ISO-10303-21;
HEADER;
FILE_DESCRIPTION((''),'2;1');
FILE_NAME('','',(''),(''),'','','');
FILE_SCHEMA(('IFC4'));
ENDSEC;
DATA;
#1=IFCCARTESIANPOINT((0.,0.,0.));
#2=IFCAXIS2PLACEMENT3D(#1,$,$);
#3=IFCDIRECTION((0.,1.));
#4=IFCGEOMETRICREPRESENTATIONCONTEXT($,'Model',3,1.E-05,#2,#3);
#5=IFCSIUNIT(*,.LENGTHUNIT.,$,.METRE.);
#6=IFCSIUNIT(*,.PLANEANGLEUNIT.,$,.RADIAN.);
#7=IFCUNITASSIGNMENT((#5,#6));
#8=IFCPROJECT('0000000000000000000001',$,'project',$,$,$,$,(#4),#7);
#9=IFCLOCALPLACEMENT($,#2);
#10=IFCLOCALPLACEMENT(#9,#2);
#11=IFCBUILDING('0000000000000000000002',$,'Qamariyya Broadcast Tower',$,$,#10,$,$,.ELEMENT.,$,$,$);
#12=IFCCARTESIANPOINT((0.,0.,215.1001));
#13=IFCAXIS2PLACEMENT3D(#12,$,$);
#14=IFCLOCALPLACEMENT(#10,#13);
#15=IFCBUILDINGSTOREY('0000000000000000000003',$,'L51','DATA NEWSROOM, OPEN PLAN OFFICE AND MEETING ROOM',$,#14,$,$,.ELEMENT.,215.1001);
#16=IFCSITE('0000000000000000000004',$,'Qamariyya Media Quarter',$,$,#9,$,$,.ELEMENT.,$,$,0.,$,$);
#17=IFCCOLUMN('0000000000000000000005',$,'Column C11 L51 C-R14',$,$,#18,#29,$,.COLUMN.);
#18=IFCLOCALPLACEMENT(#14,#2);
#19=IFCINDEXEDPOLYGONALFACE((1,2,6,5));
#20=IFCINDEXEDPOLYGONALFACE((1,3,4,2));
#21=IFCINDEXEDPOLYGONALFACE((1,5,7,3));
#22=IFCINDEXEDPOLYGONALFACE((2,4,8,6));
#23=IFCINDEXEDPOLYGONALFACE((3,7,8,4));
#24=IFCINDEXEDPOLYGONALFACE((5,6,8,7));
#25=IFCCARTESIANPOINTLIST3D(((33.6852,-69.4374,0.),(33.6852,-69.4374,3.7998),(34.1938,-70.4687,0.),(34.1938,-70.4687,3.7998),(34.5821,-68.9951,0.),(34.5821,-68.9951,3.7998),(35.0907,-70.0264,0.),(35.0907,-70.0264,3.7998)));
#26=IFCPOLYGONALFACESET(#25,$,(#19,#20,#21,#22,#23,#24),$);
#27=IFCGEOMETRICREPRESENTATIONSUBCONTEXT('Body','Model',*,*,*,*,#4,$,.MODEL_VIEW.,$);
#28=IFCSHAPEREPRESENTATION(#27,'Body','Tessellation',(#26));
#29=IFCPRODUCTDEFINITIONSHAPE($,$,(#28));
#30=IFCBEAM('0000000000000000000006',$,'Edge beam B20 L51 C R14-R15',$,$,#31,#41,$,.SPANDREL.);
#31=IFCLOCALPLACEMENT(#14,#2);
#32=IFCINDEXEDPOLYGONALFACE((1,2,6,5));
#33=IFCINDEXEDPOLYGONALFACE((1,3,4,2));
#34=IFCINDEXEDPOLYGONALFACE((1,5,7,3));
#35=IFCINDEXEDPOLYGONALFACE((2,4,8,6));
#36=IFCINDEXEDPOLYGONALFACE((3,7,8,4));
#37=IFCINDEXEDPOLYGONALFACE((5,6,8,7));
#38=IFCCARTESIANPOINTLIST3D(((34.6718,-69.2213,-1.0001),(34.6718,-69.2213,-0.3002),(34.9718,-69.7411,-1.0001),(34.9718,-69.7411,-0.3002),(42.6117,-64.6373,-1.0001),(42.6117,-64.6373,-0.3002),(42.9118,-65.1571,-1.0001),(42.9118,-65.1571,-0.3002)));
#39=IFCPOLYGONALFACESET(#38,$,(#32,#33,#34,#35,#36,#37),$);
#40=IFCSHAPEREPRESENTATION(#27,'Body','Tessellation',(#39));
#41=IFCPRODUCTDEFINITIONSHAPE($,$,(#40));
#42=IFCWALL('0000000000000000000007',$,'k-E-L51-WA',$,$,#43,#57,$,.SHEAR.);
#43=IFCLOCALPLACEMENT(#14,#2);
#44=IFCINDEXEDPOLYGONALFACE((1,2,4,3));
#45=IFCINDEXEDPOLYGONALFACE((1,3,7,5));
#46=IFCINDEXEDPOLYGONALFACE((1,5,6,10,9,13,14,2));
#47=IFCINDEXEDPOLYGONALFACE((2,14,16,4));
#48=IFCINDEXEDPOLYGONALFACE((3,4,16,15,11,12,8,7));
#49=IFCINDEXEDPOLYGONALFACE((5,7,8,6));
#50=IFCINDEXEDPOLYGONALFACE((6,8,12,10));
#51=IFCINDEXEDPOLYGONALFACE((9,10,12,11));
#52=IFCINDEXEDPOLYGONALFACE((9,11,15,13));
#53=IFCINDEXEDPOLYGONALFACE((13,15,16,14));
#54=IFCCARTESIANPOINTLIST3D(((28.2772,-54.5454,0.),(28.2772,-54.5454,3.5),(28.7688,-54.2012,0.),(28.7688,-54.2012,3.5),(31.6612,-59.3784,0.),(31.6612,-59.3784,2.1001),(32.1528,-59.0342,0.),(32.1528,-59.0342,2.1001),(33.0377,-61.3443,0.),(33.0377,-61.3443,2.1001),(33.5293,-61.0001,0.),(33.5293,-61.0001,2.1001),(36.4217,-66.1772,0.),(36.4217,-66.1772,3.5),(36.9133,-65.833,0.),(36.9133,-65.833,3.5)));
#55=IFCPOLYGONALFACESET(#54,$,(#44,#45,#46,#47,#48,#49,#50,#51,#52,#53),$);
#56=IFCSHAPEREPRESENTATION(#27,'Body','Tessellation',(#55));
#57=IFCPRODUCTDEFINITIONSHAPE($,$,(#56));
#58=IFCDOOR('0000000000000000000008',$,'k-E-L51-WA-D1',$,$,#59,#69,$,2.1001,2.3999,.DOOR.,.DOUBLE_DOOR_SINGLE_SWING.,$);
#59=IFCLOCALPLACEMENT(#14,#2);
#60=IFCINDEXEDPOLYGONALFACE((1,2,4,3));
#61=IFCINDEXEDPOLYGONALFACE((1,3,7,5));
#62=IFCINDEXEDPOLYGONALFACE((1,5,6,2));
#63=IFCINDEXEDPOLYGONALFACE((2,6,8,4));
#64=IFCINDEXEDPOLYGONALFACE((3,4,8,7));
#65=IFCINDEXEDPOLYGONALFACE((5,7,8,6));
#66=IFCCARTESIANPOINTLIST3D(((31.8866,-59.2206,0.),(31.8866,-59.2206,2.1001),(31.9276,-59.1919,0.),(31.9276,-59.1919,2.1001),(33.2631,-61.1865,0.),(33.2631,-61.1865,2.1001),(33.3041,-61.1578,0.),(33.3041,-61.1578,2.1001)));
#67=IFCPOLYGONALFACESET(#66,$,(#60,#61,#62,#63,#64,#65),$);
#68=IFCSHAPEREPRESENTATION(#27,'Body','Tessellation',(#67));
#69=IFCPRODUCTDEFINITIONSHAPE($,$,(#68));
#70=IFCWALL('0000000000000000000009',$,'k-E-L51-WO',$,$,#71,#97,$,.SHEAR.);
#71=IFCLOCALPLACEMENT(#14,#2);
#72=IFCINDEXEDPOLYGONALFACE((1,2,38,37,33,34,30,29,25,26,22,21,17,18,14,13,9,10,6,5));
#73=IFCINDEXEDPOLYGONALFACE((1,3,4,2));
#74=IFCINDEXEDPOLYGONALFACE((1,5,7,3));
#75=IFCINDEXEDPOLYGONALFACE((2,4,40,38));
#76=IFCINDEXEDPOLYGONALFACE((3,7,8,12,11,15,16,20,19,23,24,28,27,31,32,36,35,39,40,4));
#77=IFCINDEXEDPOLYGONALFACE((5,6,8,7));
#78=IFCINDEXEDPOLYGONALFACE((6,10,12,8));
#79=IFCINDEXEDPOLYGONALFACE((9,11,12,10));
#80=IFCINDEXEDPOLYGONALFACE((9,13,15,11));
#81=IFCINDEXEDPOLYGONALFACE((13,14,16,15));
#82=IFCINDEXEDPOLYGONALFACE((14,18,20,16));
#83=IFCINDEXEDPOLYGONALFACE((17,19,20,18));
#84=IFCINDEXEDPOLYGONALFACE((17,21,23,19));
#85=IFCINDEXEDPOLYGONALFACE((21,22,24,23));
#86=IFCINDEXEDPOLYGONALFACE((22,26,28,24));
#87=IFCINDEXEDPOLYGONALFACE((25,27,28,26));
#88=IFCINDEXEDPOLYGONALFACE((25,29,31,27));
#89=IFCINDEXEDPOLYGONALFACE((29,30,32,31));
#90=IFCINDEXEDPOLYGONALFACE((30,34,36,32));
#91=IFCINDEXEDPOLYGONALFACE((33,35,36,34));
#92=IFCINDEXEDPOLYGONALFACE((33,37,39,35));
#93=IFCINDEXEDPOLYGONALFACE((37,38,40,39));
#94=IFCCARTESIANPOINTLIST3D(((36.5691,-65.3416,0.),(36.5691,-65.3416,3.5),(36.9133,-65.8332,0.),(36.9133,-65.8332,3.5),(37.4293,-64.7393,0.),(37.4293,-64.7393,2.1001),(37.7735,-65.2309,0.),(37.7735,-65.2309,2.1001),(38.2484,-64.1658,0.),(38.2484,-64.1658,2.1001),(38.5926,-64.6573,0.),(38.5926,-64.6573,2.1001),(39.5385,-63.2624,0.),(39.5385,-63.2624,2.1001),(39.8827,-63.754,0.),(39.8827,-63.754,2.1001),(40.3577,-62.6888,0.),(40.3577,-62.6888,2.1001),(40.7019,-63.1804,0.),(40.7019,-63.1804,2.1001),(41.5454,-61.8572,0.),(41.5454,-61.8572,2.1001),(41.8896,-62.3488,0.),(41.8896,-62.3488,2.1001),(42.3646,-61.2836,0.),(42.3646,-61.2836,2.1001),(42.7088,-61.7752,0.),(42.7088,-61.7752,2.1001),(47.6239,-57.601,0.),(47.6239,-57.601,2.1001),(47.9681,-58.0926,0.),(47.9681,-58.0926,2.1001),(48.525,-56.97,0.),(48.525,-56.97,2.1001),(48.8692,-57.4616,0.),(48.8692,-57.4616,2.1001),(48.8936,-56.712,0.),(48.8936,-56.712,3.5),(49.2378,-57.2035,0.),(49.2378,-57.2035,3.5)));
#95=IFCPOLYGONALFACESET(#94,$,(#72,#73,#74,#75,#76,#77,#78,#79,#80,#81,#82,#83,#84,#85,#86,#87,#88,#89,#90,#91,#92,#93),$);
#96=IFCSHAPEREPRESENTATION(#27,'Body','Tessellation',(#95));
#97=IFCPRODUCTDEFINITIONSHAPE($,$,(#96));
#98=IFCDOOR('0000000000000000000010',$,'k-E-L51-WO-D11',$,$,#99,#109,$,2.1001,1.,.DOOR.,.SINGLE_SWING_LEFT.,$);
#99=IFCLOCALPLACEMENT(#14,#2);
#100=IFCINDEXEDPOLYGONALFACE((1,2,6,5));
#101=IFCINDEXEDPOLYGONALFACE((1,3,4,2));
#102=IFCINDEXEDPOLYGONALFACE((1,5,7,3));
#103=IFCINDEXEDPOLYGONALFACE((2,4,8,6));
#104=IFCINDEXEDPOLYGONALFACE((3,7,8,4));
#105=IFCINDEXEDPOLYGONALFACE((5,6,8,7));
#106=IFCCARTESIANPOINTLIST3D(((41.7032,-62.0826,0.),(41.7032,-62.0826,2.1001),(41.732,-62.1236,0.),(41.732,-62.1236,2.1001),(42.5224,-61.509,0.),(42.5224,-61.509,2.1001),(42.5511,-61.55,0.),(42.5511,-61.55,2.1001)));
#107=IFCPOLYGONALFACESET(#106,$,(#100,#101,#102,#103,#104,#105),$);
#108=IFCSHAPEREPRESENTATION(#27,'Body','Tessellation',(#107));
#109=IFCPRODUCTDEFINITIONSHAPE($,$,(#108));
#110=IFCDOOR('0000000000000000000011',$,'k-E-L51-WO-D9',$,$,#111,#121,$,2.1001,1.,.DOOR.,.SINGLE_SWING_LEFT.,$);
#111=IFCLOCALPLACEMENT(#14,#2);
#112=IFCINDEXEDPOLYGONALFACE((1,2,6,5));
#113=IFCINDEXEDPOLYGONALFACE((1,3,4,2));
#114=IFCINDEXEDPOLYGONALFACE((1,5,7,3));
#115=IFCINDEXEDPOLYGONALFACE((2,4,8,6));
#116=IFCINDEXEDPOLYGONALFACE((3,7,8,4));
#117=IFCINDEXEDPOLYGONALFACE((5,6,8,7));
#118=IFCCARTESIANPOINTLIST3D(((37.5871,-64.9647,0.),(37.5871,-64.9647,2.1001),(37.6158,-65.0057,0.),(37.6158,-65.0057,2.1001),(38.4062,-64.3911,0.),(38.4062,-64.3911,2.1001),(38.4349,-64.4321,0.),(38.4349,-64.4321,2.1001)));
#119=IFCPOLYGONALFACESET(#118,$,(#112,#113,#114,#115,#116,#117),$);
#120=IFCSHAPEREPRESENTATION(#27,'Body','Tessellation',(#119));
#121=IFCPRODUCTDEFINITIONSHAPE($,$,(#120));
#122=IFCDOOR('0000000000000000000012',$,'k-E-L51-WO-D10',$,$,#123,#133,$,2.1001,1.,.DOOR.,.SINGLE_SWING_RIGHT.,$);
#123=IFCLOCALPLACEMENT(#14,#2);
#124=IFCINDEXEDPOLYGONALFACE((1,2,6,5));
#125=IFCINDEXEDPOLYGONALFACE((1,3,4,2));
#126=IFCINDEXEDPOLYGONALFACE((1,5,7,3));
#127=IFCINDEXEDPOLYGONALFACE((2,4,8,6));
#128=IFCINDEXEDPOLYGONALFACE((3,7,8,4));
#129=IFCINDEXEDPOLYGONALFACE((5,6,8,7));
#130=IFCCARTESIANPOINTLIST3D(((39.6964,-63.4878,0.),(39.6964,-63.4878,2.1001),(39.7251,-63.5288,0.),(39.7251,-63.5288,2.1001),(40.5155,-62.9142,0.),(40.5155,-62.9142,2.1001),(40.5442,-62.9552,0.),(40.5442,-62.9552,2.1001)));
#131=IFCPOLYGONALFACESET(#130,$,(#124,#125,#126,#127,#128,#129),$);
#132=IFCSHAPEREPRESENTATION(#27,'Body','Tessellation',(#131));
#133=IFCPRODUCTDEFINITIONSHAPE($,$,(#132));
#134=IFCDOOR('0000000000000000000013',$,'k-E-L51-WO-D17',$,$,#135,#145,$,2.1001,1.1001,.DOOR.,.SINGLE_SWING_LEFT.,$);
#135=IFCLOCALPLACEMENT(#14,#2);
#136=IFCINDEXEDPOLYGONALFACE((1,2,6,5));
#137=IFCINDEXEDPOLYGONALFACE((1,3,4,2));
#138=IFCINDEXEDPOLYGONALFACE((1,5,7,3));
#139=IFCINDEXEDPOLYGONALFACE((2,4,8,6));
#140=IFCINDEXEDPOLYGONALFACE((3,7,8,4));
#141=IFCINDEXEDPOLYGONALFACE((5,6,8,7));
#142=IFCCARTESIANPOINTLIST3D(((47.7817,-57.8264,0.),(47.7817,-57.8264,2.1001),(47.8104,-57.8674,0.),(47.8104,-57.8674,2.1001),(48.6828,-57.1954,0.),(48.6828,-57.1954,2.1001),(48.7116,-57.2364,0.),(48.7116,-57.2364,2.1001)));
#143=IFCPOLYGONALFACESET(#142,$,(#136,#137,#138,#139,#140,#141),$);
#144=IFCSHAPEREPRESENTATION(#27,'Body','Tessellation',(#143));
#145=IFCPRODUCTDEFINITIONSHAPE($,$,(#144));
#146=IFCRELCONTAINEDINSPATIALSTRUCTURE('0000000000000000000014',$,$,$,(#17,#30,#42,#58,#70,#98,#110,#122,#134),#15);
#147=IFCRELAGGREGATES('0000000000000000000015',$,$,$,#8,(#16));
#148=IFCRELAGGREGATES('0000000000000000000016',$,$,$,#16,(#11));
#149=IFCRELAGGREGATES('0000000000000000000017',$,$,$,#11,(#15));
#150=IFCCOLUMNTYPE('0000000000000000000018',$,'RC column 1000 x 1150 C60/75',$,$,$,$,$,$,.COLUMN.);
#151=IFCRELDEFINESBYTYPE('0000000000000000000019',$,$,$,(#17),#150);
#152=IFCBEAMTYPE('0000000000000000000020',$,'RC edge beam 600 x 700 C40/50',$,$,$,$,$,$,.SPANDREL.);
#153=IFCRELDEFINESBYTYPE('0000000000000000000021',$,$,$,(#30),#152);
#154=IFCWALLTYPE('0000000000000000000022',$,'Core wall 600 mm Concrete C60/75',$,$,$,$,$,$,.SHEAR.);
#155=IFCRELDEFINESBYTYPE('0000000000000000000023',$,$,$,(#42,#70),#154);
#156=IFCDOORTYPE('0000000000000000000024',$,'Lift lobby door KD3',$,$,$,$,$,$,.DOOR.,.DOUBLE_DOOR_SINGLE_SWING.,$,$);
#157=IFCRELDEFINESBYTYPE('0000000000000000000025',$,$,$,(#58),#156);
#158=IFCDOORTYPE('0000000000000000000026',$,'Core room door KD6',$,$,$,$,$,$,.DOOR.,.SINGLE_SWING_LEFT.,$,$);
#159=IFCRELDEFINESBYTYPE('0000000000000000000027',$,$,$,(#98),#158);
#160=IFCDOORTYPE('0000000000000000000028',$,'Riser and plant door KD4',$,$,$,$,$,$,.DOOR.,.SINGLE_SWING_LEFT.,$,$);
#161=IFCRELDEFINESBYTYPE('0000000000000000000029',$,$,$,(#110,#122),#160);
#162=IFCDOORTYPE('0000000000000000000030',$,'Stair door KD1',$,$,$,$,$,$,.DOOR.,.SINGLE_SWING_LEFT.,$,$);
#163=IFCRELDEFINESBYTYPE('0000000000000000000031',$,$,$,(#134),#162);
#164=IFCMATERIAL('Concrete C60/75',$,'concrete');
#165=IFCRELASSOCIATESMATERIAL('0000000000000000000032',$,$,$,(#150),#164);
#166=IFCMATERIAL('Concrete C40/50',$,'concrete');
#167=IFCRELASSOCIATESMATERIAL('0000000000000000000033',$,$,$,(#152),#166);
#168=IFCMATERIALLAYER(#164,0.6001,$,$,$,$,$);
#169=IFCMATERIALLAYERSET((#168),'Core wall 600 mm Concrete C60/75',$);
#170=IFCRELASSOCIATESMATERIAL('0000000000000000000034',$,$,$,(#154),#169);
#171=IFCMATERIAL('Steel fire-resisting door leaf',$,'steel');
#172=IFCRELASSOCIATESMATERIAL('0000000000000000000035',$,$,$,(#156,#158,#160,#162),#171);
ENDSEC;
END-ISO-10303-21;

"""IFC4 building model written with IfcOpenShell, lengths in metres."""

from ifc_helpers import new_model, si_unit, direction, frame, frame_2d, origin, origin_2d, place, context, subcontext, project, spatial, rectangle, extrude, material, layer, layer_set, material_profile, profile_set, type_object, element, fill, save


model = new_model("IFC4")

# Units and contexts
model_context = context("Model", 3, precision=1e-05, world=origin(), true_north=direction((0.0, 1.0)))
body_context = subcontext(model_context, "Body", "Model", "MODEL_VIEW")
ifc_project = project(units=[si_unit("LENGTHUNIT", "METRE"), si_unit("PLANEANGLEUNIT", "RADIAN")], contexts=[model_context])

# Site, building, storey
site_placement = place(None, origin())
site = spatial("IfcSite", under=ifc_project, at=site_placement, Name="Qamariyya Media Quarter", CompositionType="ELEMENT", RefElevation=0.0)
building_placement = place(site_placement, origin())
building = spatial("IfcBuilding", under=site, at=building_placement, Name="Qamariyya Broadcast Tower", CompositionType="ELEMENT")
storey_placement = place(building_placement, frame((0.0, 0.0, 215.1001)))
storey = spatial("IfcBuildingStorey", under=building, at=storey_placement, Name="L51", Description="DATA NEWSROOM, OPEN PLAN OFFICE AND MEETING ROOM", CompositionType="ELEMENT", Elevation=215.1001)

# Column
ifc_material_1 = material(Name="Concrete C60/75", Category="concrete")
ifc_material_profile_1 = material_profile(ifc_material_1, rectangle(XDim=1.0, YDim=1.1499, at=origin_2d()))
ifc_profile_set_1 = profile_set([ifc_material_profile_1], Name="Concrete C60/75")
column_type = type_object("IfcColumnType", Name="RC column 1000 x 1150 C60/75", PredefinedType="COLUMN", material=ifc_profile_set_1)
column_placement = place(storey_placement, frame((34.3879, -69.7319, 0.0), z_axis=(0.0, 0.0, 1.0), x_axis=(0.896873, 0.442289, 0.0)))
element("IfcColumn", 1, at=column_placement, inside=storey, type_object=column_type, Name="Column C11 L51 C-R14", PredefinedType="COLUMN", context=body_context, shape_type="SweptSolid", body=[
    extrude(rectangle(XDim=1.0, YDim=1.1499, at=origin_2d()), origin(), (0.0, 0.0, 1.0), 3.7998),
])

# Beam
ifc_material_2 = material(Name="Concrete C40/50", Category="concrete")
ifc_material_profile_2 = material_profile(ifc_material_2, rectangle(XDim=0.6001, YDim=0.7, at=origin_2d()))
ifc_profile_set_2 = profile_set([ifc_material_profile_2], Name="Concrete C40/50")
beam_type = type_object("IfcBeamType", Name="RC edge beam 600 x 700 C40/50", PredefinedType="SPANDREL", material=ifc_profile_set_2)
beam_placement = place(storey_placement, frame((34.8218, -69.4812, -0.6501), z_axis=(0.866032, 0.499988, 0.0), x_axis=(-0.499988, 0.866032, 0.0)))
element("IfcBeam", 2, at=beam_placement, inside=storey, type_object=beam_type, Name="Edge beam B20 L51 C R14-R15", PredefinedType="SPANDREL", context=body_context, shape_type="SweptSolid", body=[
    extrude(rectangle(XDim=0.6001, YDim=0.7, at=origin_2d()), origin(), (0.0, 0.0, 1.0), 9.1682),
])

# Wall, opening, door
ifc_layer_1 = layer(ifc_material_1, 0.6001)
ifc_layer_set_1 = layer_set([ifc_layer_1], Name="Core wall 600 mm Concrete C60/75")
wall_type_1 = type_object("IfcWallType", Name="Core wall 600 mm Concrete C60/75", PredefinedType="SHEAR", material=ifc_layer_set_1)
wall_1_placement = place(storey_placement, frame((36.6675, -66.0051, 0.0), z_axis=(0.0, 0.0, 1.0), x_axis=(-0.573568, 0.819158, 0.0)))
wall_1 = element("IfcWall", 3, at=wall_1_placement, inside=storey, type_object=wall_type_1, Name="k-E-L51-WA", PredefinedType="SHEAR", context=body_context, shape_type="SweptSolid", body=[
    extrude(rectangle(XDim=14.1997, YDim=0.6001, at=frame_2d((7.0999, 0.0))), origin(), (0.0, 0.0, 1.0), 3.5),
])
opening_1_placement = place(wall_1_placement, frame((5.8999, 0.0, 0.0)))
opening_1 = element("IfcOpeningElement", 4, at=opening_1_placement, cuts=wall_1, PredefinedType="OPENING", context=body_context, shape_type="SweptSolid", body=[
    extrude(rectangle(XDim=2.3999, YDim=2.1001, at=frame_2d((1.2, 1.05))), frame((0.0, 0.3101, 0.0), z_axis=(0.0, -1.0, 0.0), x_axis=(1.0, 0.0, 0.0)), (0.0, 0.0, 1.0), 0.6201),
])
ifc_material_3 = material(Name="Steel fire-resisting door leaf", Category="steel")
door_type_1 = type_object("IfcDoorType", Name="Lift lobby door KD3", OperationType="DOUBLE_DOOR_SINGLE_SWING", PredefinedType="DOOR", material=ifc_material_3)
door_1_placement = place(opening_1_placement, origin())
door_1 = element("IfcDoor", 5, at=door_1_placement, inside=storey, type_object=door_type_1, Name="k-E-L51-WA-D1", OperationType="DOUBLE_DOOR_SINGLE_SWING", OverallHeight=2.1001, OverallWidth=2.3999, PredefinedType="DOOR", context=body_context, shape_type="SweptSolid", body=[
    extrude(rectangle(XDim=2.3999, YDim=2.1001, at=frame_2d((1.2, 1.05))), frame((0.0, 0.0249, 0.0), z_axis=(0.0, -1.0, 0.0), x_axis=(1.0, 0.0, 0.0)), (0.0, 0.0, 1.0), 0.05),
])
fill(opening_1, door_1)

# Wall, openings, doors
wall_2_placement = place(storey_placement, frame((36.7412, -65.5874, 0.0), z_axis=(0.0, 0.0, 1.0), x_axis=(0.819153, 0.573575, 0.0)))
wall_2 = element("IfcWall", 6, at=wall_2_placement, inside=storey, type_object=wall_type_1, Name="k-E-L51-WO", PredefinedType="SHEAR", context=body_context, shape_type="SweptSolid", body=[
    extrude(rectangle(XDim=15.0454, YDim=0.6001, at=frame_2d((7.5227, 0.0))), origin(), (0.0, 0.0, 1.0), 3.5),
])
opening_2_placement = place(wall_2_placement, frame((1.05, 0.0, 0.0)))
opening_2 = element("IfcOpeningElement", 7, at=opening_2_placement, cuts=wall_2, PredefinedType="OPENING", context=body_context, shape_type="SweptSolid", body=[
    extrude(rectangle(XDim=1.0, YDim=2.1001, at=frame_2d((0.5, 1.05))), frame((0.0, 0.3101, 0.0), z_axis=(0.0, -1.0, 0.0), x_axis=(1.0, 0.0, 0.0)), (0.0, 0.0, 1.0), 0.6201),
])
opening_3_placement = place(wall_2_placement, frame((3.625, 0.0, 0.0)))
opening_3 = element("IfcOpeningElement", 8, at=opening_3_placement, cuts=wall_2, PredefinedType="OPENING", context=body_context, shape_type="SweptSolid", body=[
    extrude(rectangle(XDim=1.0, YDim=2.1001, at=frame_2d((0.5, 1.05))), frame((0.0, 0.3101, 0.0), z_axis=(0.0, -1.0, 0.0), x_axis=(1.0, 0.0, 0.0)), (0.0, 0.0, 1.0), 0.6201),
])
opening_4_placement = place(wall_2_placement, frame((6.075, 0.0, 0.0)))
opening_4 = element("IfcOpeningElement", 9, at=opening_4_placement, cuts=wall_2, PredefinedType="OPENING", context=body_context, shape_type="SweptSolid", body=[
    extrude(rectangle(XDim=1.0, YDim=2.1001, at=frame_2d((0.5, 1.05))), frame((0.0, 0.3101, 0.0), z_axis=(0.0, -1.0, 0.0), x_axis=(1.0, 0.0, 0.0)), (0.0, 0.0, 1.0), 0.6201),
])
opening_5_placement = place(wall_2_placement, frame((13.4954, 0.0, 0.0)))
opening_5 = element("IfcOpeningElement", 10, at=opening_5_placement, cuts=wall_2, PredefinedType="OPENING", context=body_context, shape_type="SweptSolid", body=[
    extrude(rectangle(XDim=1.1001, YDim=2.1001, at=frame_2d((0.55, 1.05))), frame((0.0, 0.3101, 0.0), z_axis=(0.0, -1.0, 0.0), x_axis=(1.0, 0.0, 0.0)), (0.0, 0.0, 1.0), 0.6201),
])
door_type_2 = type_object("IfcDoorType", Name="Core room door KD6", OperationType="SINGLE_SWING_LEFT", PredefinedType="DOOR", material=ifc_material_3)
door_2_placement = place(opening_4_placement, origin())
door_2 = element("IfcDoor", 11, at=door_2_placement, inside=storey, type_object=door_type_2, Name="k-E-L51-WO-D11", OperationType="SINGLE_SWING_LEFT", OverallHeight=2.1001, OverallWidth=1.0, PredefinedType="DOOR", context=body_context, shape_type="SweptSolid", body=[
    extrude(rectangle(XDim=1.0, YDim=2.1001, at=frame_2d((0.5, 1.05))), frame((0.0, 0.0249, 0.0), z_axis=(0.0, -1.0, 0.0), x_axis=(1.0, 0.0, 0.0)), (0.0, 0.0, 1.0), 0.05),
])
fill(opening_4, door_2)
door_type_3 = type_object("IfcDoorType", Name="Riser and plant door KD4", OperationType="SINGLE_SWING_LEFT", PredefinedType="DOOR", material=ifc_material_3)
door_3_placement = place(opening_2_placement, origin())
door_3 = element("IfcDoor", 12, at=door_3_placement, inside=storey, type_object=door_type_3, Name="k-E-L51-WO-D9", OperationType="SINGLE_SWING_LEFT", OverallHeight=2.1001, OverallWidth=1.0, PredefinedType="DOOR", context=body_context, shape_type="SweptSolid", body=[
    extrude(rectangle(XDim=1.0, YDim=2.1001, at=frame_2d((0.5, 1.05))), frame((0.0, 0.0249, 0.0), z_axis=(0.0, -1.0, 0.0), x_axis=(1.0, 0.0, 0.0)), (0.0, 0.0, 1.0), 0.05),
])
fill(opening_2, door_3)
door_4_placement = place(opening_3_placement, origin())
door_4 = element("IfcDoor", 13, at=door_4_placement, inside=storey, type_object=door_type_3, Name="k-E-L51-WO-D10", OperationType="SINGLE_SWING_RIGHT", OverallHeight=2.1001, OverallWidth=1.0, PredefinedType="DOOR", context=body_context, shape_type="SweptSolid", body=[
    extrude(rectangle(XDim=1.0, YDim=2.1001, at=frame_2d((0.5, 1.05))), frame((0.0, 0.0249, 0.0), z_axis=(0.0, -1.0, 0.0), x_axis=(1.0, 0.0, 0.0)), (0.0, 0.0, 1.0), 0.05),
])
fill(opening_3, door_4)
door_type_4 = type_object("IfcDoorType", Name="Stair door KD1", OperationType="SINGLE_SWING_LEFT", PredefinedType="DOOR", material=ifc_material_3)
door_5_placement = place(opening_5_placement, origin())
door_5 = element("IfcDoor", 14, at=door_5_placement, inside=storey, type_object=door_type_4, Name="k-E-L51-WO-D17", OperationType="SINGLE_SWING_LEFT", OverallHeight=2.1001, OverallWidth=1.1001, PredefinedType="DOOR", context=body_context, shape_type="SweptSolid", body=[
    extrude(rectangle(XDim=1.1001, YDim=2.1001, at=frame_2d((0.55, 1.05))), frame((0.0, 0.0249, 0.0), z_axis=(0.0, -1.0, 0.0), x_axis=(1.0, 0.0, 0.0)), (0.0, 0.0, 1.0), 0.05),
])
fill(opening_5, door_5)

save(model, "model.ifc")
